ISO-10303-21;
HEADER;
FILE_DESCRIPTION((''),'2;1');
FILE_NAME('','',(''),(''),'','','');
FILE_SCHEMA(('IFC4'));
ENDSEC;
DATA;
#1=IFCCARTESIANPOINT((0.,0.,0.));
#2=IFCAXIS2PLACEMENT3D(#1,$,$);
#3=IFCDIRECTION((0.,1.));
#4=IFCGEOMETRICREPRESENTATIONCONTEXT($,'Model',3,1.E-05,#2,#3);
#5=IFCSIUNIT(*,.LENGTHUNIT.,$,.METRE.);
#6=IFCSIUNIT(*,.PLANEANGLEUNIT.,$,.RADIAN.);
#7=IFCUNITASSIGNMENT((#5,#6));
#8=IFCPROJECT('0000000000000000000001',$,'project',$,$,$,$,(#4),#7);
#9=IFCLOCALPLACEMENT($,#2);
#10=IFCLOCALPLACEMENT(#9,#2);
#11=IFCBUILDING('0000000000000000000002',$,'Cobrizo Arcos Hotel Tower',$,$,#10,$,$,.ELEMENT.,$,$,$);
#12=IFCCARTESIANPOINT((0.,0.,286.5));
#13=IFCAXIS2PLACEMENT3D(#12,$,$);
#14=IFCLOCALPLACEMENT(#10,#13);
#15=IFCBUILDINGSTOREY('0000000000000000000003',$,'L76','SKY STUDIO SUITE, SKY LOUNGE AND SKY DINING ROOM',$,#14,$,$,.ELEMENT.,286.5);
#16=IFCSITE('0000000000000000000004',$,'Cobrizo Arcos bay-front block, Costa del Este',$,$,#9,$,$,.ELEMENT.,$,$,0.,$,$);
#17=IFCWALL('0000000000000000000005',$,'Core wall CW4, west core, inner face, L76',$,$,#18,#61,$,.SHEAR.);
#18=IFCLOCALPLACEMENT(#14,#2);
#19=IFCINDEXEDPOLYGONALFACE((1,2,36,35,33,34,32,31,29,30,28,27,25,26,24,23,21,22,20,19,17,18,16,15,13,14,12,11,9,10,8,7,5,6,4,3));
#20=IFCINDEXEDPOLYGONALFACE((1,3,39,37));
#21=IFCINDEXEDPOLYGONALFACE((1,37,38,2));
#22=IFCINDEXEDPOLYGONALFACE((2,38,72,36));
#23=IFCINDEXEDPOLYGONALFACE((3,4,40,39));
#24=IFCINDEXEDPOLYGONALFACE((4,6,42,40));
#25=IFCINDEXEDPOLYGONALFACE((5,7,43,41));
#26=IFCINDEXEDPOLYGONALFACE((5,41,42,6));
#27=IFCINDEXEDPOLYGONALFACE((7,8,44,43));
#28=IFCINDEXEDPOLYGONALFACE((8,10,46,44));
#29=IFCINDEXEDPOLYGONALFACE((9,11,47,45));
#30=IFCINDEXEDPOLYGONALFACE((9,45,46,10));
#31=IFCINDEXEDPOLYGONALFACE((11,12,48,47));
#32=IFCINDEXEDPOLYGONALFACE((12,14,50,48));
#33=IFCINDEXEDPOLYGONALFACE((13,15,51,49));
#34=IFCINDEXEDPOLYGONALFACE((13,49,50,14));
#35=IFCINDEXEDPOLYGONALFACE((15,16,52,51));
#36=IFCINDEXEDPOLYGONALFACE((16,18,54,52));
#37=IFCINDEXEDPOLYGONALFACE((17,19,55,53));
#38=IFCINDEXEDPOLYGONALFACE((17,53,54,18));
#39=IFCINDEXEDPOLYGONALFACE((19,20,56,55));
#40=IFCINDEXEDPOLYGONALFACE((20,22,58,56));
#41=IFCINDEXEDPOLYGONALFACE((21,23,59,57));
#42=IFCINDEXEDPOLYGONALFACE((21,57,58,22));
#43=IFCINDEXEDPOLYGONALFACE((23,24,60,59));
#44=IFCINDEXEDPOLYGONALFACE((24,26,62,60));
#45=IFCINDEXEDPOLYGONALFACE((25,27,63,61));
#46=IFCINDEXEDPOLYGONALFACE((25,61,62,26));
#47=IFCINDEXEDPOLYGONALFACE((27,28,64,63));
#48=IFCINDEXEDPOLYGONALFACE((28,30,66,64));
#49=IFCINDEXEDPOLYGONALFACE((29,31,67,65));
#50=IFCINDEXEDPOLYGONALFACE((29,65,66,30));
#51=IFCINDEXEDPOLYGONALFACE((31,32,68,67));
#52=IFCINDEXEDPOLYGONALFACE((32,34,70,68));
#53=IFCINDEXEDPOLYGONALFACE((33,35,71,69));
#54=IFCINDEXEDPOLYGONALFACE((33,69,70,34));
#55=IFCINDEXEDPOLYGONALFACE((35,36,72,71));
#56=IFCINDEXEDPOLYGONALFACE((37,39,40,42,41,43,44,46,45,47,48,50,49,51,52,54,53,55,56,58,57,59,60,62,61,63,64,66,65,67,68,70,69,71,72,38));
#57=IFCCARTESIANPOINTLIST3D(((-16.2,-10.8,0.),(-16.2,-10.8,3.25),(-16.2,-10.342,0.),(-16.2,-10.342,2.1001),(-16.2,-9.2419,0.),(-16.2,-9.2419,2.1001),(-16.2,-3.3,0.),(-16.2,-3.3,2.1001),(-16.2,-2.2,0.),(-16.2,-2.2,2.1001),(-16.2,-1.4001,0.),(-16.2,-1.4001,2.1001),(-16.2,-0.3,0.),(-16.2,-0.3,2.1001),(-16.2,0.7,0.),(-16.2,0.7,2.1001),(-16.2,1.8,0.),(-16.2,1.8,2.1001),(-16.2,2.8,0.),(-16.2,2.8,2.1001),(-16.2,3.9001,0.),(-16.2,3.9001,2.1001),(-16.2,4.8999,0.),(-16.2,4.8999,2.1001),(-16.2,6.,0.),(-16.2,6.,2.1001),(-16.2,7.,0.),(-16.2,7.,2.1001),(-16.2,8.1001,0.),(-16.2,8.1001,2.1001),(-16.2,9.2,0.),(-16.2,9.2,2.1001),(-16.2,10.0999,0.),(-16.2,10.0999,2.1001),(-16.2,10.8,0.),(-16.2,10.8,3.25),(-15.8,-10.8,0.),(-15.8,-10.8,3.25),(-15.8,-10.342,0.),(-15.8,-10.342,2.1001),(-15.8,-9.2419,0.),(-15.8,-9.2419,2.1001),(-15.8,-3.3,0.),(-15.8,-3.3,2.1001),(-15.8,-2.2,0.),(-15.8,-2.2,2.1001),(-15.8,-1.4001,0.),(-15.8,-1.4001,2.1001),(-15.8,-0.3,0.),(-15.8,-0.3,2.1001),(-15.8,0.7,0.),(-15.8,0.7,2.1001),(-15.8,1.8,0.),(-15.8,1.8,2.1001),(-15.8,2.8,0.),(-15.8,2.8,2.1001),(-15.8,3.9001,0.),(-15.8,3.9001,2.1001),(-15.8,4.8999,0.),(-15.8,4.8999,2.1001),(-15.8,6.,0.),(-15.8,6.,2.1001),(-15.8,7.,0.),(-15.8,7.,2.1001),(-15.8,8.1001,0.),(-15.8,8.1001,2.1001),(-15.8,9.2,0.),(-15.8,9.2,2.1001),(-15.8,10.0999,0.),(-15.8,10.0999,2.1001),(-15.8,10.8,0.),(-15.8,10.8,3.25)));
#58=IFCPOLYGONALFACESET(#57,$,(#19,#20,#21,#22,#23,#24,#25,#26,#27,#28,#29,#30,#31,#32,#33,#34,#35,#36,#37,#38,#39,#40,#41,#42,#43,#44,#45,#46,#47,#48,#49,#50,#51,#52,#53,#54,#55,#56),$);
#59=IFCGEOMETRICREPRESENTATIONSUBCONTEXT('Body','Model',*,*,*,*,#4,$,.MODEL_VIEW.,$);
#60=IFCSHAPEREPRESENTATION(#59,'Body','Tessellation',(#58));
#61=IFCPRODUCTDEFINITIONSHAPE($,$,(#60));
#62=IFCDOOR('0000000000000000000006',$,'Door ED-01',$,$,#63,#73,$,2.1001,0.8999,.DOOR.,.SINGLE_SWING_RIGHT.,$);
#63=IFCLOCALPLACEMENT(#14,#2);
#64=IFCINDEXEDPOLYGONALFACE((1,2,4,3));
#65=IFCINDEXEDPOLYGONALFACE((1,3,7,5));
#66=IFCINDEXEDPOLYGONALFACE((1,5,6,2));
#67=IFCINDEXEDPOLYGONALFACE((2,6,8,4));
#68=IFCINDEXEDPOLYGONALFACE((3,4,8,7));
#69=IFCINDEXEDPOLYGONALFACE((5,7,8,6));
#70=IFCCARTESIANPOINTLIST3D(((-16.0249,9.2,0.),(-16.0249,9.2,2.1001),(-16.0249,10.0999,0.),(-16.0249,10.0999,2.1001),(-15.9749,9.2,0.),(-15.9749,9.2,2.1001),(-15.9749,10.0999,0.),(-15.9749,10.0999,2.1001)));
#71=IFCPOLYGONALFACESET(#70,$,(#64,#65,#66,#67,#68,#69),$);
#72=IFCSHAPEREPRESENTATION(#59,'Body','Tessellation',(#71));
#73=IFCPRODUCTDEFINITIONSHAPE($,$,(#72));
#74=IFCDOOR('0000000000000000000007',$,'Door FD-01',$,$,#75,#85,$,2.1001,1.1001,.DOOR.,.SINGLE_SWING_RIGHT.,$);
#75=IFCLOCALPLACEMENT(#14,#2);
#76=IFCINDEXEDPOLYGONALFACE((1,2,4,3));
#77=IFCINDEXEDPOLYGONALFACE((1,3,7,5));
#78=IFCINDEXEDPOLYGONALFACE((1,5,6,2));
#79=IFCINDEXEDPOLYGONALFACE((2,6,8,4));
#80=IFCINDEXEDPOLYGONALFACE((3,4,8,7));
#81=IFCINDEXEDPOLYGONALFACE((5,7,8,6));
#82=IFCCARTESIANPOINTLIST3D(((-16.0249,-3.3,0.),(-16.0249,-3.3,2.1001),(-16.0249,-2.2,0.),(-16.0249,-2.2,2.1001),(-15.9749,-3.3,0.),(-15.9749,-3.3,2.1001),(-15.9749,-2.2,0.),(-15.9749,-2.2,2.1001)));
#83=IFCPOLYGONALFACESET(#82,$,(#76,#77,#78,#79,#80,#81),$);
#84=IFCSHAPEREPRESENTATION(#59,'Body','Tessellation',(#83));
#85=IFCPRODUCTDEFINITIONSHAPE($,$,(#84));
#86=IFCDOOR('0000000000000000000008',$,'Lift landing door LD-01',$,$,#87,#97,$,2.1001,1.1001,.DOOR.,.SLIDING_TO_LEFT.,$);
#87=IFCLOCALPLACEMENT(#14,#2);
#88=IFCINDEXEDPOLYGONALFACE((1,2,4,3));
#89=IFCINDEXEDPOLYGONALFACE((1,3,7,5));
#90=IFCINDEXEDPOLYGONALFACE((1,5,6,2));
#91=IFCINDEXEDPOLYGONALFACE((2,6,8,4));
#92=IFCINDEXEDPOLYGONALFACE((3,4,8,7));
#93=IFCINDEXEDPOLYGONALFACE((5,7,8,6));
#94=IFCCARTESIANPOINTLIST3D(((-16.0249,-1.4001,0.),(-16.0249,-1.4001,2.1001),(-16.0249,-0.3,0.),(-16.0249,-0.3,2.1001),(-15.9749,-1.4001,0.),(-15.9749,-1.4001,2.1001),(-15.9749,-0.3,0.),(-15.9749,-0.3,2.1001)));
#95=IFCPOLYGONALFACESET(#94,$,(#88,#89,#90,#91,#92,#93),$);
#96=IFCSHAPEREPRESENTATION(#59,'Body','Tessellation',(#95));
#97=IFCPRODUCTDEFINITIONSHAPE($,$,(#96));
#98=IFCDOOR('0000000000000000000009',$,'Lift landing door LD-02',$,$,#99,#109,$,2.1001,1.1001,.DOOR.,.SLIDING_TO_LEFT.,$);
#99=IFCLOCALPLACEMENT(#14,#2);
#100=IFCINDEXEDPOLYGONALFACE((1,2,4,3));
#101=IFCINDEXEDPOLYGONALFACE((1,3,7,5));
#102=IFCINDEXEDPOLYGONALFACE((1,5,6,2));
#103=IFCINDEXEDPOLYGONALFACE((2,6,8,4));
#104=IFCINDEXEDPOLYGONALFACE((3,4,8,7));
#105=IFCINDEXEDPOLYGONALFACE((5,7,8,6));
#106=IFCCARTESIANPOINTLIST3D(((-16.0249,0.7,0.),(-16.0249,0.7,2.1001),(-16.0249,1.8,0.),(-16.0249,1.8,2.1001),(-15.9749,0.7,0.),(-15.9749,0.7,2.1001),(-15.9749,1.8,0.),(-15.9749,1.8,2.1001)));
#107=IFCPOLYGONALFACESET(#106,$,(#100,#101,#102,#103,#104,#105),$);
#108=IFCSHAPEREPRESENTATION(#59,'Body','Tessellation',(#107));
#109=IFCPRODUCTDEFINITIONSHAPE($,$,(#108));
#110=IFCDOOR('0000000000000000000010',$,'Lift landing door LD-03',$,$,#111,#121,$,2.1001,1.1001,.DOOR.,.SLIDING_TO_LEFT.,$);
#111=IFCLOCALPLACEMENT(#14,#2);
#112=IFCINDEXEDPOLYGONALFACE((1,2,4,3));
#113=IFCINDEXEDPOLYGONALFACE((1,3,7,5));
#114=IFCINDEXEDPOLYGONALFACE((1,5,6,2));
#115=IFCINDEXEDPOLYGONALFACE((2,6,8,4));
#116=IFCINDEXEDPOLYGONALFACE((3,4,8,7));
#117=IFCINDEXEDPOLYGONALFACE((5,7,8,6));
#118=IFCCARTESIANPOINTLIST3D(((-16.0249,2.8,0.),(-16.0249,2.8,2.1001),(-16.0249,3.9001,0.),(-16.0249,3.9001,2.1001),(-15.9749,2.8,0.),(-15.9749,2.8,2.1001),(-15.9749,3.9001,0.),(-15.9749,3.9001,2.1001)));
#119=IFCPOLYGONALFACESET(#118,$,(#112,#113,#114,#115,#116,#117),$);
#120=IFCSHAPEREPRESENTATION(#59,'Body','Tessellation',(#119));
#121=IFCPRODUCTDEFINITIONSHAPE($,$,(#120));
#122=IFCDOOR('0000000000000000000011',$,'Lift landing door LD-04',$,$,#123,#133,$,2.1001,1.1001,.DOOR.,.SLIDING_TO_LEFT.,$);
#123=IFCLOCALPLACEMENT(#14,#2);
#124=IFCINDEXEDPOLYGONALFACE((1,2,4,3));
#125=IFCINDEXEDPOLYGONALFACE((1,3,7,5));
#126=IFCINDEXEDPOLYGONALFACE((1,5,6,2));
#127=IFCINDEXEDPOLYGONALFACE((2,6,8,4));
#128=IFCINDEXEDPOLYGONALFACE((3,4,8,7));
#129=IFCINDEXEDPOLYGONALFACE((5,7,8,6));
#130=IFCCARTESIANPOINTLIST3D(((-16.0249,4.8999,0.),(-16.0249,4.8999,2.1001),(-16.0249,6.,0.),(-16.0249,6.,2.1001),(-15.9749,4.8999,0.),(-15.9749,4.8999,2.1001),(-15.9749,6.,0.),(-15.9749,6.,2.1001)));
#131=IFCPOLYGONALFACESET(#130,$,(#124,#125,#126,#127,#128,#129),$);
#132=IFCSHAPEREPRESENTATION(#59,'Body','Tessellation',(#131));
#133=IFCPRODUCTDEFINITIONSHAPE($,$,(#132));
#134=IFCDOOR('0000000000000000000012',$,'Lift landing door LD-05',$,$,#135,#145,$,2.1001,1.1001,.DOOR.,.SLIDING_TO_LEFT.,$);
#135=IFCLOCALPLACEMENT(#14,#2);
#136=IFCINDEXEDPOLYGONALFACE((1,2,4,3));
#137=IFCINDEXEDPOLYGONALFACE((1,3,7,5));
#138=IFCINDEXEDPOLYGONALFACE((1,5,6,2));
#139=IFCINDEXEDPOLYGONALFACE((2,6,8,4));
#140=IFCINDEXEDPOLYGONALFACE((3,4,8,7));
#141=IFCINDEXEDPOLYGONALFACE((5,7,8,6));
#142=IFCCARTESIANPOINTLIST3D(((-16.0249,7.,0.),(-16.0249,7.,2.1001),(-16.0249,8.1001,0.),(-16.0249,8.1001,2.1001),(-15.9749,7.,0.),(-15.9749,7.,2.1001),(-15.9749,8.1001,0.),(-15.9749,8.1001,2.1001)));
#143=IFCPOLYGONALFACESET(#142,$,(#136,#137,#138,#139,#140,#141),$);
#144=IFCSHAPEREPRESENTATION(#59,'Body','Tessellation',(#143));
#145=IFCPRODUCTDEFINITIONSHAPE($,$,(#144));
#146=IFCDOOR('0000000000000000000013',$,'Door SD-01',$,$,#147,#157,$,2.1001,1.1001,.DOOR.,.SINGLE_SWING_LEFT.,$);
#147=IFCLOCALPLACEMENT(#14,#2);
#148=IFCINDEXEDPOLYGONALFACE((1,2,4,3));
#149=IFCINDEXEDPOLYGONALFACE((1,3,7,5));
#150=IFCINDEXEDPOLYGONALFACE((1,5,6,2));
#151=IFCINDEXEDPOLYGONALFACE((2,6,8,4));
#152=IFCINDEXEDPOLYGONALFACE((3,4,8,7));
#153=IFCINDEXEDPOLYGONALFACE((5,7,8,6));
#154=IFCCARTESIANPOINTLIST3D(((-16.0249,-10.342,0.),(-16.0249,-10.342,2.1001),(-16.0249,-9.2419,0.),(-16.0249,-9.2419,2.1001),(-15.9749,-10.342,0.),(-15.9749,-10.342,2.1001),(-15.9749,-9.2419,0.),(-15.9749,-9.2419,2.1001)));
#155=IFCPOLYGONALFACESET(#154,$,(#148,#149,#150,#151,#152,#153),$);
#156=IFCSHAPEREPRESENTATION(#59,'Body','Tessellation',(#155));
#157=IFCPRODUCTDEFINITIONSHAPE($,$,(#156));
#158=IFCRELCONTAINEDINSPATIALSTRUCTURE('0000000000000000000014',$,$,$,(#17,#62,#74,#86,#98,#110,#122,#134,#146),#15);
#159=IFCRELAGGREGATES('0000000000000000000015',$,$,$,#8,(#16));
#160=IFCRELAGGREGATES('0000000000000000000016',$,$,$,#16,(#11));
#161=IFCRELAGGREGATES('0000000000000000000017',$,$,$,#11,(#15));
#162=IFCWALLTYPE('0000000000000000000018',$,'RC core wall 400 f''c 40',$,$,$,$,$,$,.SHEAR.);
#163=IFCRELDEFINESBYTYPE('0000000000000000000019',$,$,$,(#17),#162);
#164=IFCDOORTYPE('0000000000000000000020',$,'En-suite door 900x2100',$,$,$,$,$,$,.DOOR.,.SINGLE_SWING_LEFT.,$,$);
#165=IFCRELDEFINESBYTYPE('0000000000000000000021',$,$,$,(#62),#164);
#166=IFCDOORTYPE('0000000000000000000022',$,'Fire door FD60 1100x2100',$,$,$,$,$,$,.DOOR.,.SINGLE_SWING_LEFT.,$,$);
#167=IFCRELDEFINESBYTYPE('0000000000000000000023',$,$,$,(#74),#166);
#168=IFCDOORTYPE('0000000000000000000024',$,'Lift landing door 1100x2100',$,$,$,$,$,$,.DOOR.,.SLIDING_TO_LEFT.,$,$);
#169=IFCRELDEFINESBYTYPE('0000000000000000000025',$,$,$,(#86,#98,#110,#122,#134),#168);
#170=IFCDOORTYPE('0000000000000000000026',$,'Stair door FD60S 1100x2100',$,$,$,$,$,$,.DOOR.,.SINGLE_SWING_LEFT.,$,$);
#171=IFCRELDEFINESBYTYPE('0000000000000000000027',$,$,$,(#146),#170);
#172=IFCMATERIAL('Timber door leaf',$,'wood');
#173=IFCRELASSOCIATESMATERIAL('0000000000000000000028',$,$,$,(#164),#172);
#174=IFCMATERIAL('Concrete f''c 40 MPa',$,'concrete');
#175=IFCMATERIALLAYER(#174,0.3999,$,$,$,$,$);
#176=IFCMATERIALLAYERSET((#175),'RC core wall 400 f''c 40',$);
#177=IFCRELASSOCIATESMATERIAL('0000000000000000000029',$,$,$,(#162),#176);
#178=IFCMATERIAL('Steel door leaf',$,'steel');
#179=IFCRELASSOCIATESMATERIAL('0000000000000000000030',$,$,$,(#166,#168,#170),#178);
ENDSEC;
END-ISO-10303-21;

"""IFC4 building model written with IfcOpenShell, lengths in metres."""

from ifc_helpers import new_model, si_unit, direction, frame, frame_2d, origin, place, context, subcontext, project, spatial, rectangle, extrude, material, layer, layer_set, type_object, element, fill, save


model = new_model("IFC4")

# Units and contexts
model_context = context("Model", 3, precision=1e-05, world=origin(), true_north=direction((0.0, 1.0)))
body_context = subcontext(model_context, "Body", "Model", "MODEL_VIEW")
ifc_project = project(units=[si_unit("LENGTHUNIT", "METRE"), si_unit("PLANEANGLEUNIT", "RADIAN")], contexts=[model_context])

# Site, building, storey
site_placement = place(None, origin())
site = spatial("IfcSite", under=ifc_project, at=site_placement, Name="Cobrizo Arcos bay-front block, Costa del Este", CompositionType="ELEMENT", RefElevation=0.0)
building_placement = place(site_placement, origin())
building = spatial("IfcBuilding", under=site, at=building_placement, Name="Cobrizo Arcos Hotel Tower", CompositionType="ELEMENT")
storey_placement = place(building_placement, frame((0.0, 0.0, 286.5)))
storey = spatial("IfcBuildingStorey", under=building, at=storey_placement, Name="L76", Description="SKY STUDIO SUITE, SKY LOUNGE AND SKY DINING ROOM", CompositionType="ELEMENT", Elevation=286.5)

# Shared definitions
ifc_material_1 = material(Name="Timber door leaf", Category="wood")
door_type_1 = type_object("IfcDoorType", Name="En-suite door 900x2100", OperationType="SINGLE_SWING_LEFT", PredefinedType="DOOR", material=ifc_material_1)

# Wall, openings, doors
ifc_material_2 = material(Name="Concrete f'c 40 MPa", Category="concrete")
ifc_layer_1 = layer(ifc_material_2, 0.3999)
ifc_layer_set_1 = layer_set([ifc_layer_1], Name="RC core wall 400 f'c 40")
wall_type_1 = type_object("IfcWallType", Name="RC core wall 400 f'c 40", PredefinedType="SHEAR", material=ifc_layer_set_1)
wall_1_placement = place(storey_placement, frame((-16.0, -10.8, 0.0), z_axis=(0.0, 0.0, 1.0), x_axis=(0.0, 1.0, 0.0)))
wall_1 = element("IfcWall", 1, at=wall_1_placement, inside=storey, type_object=wall_type_1, Name="Core wall CW4, west core, inner face, L76", PredefinedType="SHEAR", context=body_context, shape_type="SweptSolid", body=[
    extrude(rectangle(XDim=21.6001, YDim=0.3999, at=frame_2d((10.8, 0.0))), origin(), (0.0, 0.0, 1.0), 3.25),
])
opening_1_placement = place(wall_1_placement, frame((9.3999, 0.0, 0.0)))
opening_1 = element("IfcOpeningElement", 2, at=opening_1_placement, cuts=wall_1, PredefinedType="OPENING", context=body_context, shape_type="SweptSolid", body=[
    extrude(rectangle(XDim=1.1001, YDim=2.1001, at=frame_2d((0.55, 1.05))), frame((0.0, 0.2119, 0.0), z_axis=(0.0, -1.0, 0.0), x_axis=(1.0, 0.0, 0.0)), (0.0, 0.0, 1.0), 0.4238),
])
opening_2_placement = place(wall_1_placement, frame((11.5, 0.0, 0.0)))
opening_2 = element("IfcOpeningElement", 3, at=opening_2_placement, cuts=wall_1, PredefinedType="OPENING", context=body_context, shape_type="SweptSolid", body=[
    extrude(rectangle(XDim=1.1001, YDim=2.1001, at=frame_2d((0.55, 1.05))), frame((0.0, 0.2119, 0.0), z_axis=(0.0, -1.0, 0.0), x_axis=(1.0, 0.0, 0.0)), (0.0, 0.0, 1.0), 0.4238),
])
opening_3_placement = place(wall_1_placement, frame((13.6001, 0.0, 0.0)))
opening_3 = element("IfcOpeningElement", 4, at=opening_3_placement, cuts=wall_1, PredefinedType="OPENING", context=body_context, shape_type="SweptSolid", body=[
    extrude(rectangle(XDim=1.1001, YDim=2.1001, at=frame_2d((0.55, 1.05))), frame((0.0, 0.2119, 0.0), z_axis=(0.0, -1.0, 0.0), x_axis=(1.0, 0.0, 0.0)), (0.0, 0.0, 1.0), 0.4238),
])
opening_4_placement = place(wall_1_placement, frame((15.7, 0.0, 0.0)))
opening_4 = element("IfcOpeningElement", 5, at=opening_4_placement, cuts=wall_1, PredefinedType="OPENING", context=body_context, shape_type="SweptSolid", body=[
    extrude(rectangle(XDim=1.1001, YDim=2.1001, at=frame_2d((0.55, 1.05))), frame((0.0, 0.2119, 0.0), z_axis=(0.0, -1.0, 0.0), x_axis=(1.0, 0.0, 0.0)), (0.0, 0.0, 1.0), 0.4238),
])
opening_5_placement = place(wall_1_placement, frame((17.8, 0.0, 0.0)))
opening_5 = element("IfcOpeningElement", 6, at=opening_5_placement, cuts=wall_1, PredefinedType="OPENING", context=body_context, shape_type="SweptSolid", body=[
    extrude(rectangle(XDim=1.1001, YDim=2.1001, at=frame_2d((0.55, 1.05))), frame((0.0, 0.2119, 0.0), z_axis=(0.0, -1.0, 0.0), x_axis=(1.0, 0.0, 0.0)), (0.0, 0.0, 1.0), 0.4238),
])
opening_6_placement = place(wall_1_placement, frame((0.458, 0.0, 0.0)))
opening_6 = element("IfcOpeningElement", 7, at=opening_6_placement, cuts=wall_1, PredefinedType="OPENING", context=body_context, shape_type="SweptSolid", body=[
    extrude(rectangle(XDim=1.1001, YDim=2.1001, at=frame_2d((0.55, 1.05))), frame((0.0, 0.2119, 0.0), z_axis=(0.0, -1.0, 0.0), x_axis=(1.0, 0.0, 0.0)), (0.0, 0.0, 1.0), 0.4238),
])
opening_7_placement = place(wall_1_placement, frame((7.5, 0.0, 0.0)))
opening_7 = element("IfcOpeningElement", 8, at=opening_7_placement, cuts=wall_1, PredefinedType="OPENING", context=body_context, shape_type="SweptSolid", body=[
    extrude(rectangle(XDim=1.1001, YDim=2.1001, at=frame_2d((0.55, 1.05))), frame((0.0, 0.2119, 0.0), z_axis=(0.0, -1.0, 0.0), x_axis=(1.0, 0.0, 0.0)), (0.0, 0.0, 1.0), 0.4238),
])
opening_8_placement = place(wall_1_placement, frame((20.0, 0.0, 0.0)))
opening_8 = element("IfcOpeningElement", 9, at=opening_8_placement, cuts=wall_1, PredefinedType="OPENING", context=body_context, shape_type="SweptSolid", body=[
    extrude(rectangle(XDim=0.8999, YDim=2.1001, at=frame_2d((0.45, 1.05))), frame((0.0, 0.2119, 0.0), z_axis=(0.0, -1.0, 0.0), x_axis=(1.0, 0.0, 0.0)), (0.0, 0.0, 1.0), 0.4238),
])
door_1_placement = place(opening_8_placement, origin())
door_1 = element("IfcDoor", 10, at=door_1_placement, inside=storey, type_object=door_type_1, Name="Door ED-01", OperationType="SINGLE_SWING_RIGHT", OverallHeight=2.1001, OverallWidth=0.8999, PredefinedType="DOOR", context=body_context, shape_type="SweptSolid", body=[
    extrude(rectangle(XDim=0.8999, YDim=2.1001, at=frame_2d((0.45, 1.05))), frame((0.0, 0.0249, 0.0), z_axis=(0.0, -1.0, 0.0), x_axis=(1.0, 0.0, 0.0)), (0.0, 0.0, 1.0), 0.05),
])
fill(opening_8, door_1)
ifc_material_3 = material(Name="Steel door leaf", Category="steel")
door_type_2 = type_object("IfcDoorType", Name="Fire door FD60 1100x2100", OperationType="SINGLE_SWING_LEFT", PredefinedType="DOOR", material=ifc_material_3)
door_2_placement = place(opening_7_placement, origin())
door_2 = element("IfcDoor", 11, at=door_2_placement, inside=storey, type_object=door_type_2, Name="Door FD-01", OperationType="SINGLE_SWING_RIGHT", OverallHeight=2.1001, OverallWidth=1.1001, PredefinedType="DOOR", context=body_context, shape_type="SweptSolid", body=[
    extrude(rectangle(XDim=1.1001, YDim=2.1001, at=frame_2d((0.55, 1.05))), frame((0.0, 0.0249, 0.0), z_axis=(0.0, -1.0, 0.0), x_axis=(1.0, 0.0, 0.0)), (0.0, 0.0, 1.0), 0.05),
])
fill(opening_7, door_2)
door_type_3 = type_object("IfcDoorType", Name="Lift landing door 1100x2100", OperationType="SLIDING_TO_LEFT", PredefinedType="DOOR", material=ifc_material_3)
door_3_placement = place(opening_1_placement, origin())
door_3 = element("IfcDoor", 12, at=door_3_placement, inside=storey, type_object=door_type_3, Name="Lift landing door LD-01", OperationType="SLIDING_TO_LEFT", OverallHeight=2.1001, OverallWidth=1.1001, PredefinedType="DOOR", context=body_context, shape_type="SweptSolid", body=[
    extrude(rectangle(XDim=1.1001, YDim=2.1001, at=frame_2d((0.55, 1.05))), frame((0.0, 0.0249, 0.0), z_axis=(0.0, -1.0, 0.0), x_axis=(1.0, 0.0, 0.0)), (0.0, 0.0, 1.0), 0.05),
])
fill(opening_1, door_3)
door_4_placement = place(opening_2_placement, origin())
door_4 = element("IfcDoor", 13, at=door_4_placement, inside=storey, type_object=door_type_3, Name="Lift landing door LD-02", OperationType="SLIDING_TO_LEFT", OverallHeight=2.1001, OverallWidth=1.1001, PredefinedType="DOOR", context=body_context, shape_type="SweptSolid", body=[
    extrude(rectangle(XDim=1.1001, YDim=2.1001, at=frame_2d((0.55, 1.05))), frame((0.0, 0.0249, 0.0), z_axis=(0.0, -1.0, 0.0), x_axis=(1.0, 0.0, 0.0)), (0.0, 0.0, 1.0), 0.05),
])
fill(opening_2, door_4)
door_5_placement = place(opening_3_placement, origin())
door_5 = element("IfcDoor", 14, at=door_5_placement, inside=storey, type_object=door_type_3, Name="Lift landing door LD-03", OperationType="SLIDING_TO_LEFT", OverallHeight=2.1001, OverallWidth=1.1001, PredefinedType="DOOR", context=body_context, shape_type="SweptSolid", body=[
    extrude(rectangle(XDim=1.1001, YDim=2.1001, at=frame_2d((0.55, 1.05))), frame((0.0, 0.0249, 0.0), z_axis=(0.0, -1.0, 0.0), x_axis=(1.0, 0.0, 0.0)), (0.0, 0.0, 1.0), 0.05),
])
fill(opening_3, door_5)
door_6_placement = place(opening_4_placement, origin())
door_6 = element("IfcDoor", 15, at=door_6_placement, inside=storey, type_object=door_type_3, Name="Lift landing door LD-04", OperationType="SLIDING_TO_LEFT", OverallHeight=2.1001, OverallWidth=1.1001, PredefinedType="DOOR", context=body_context, shape_type="SweptSolid", body=[
    extrude(rectangle(XDim=1.1001, YDim=2.1001, at=frame_2d((0.55, 1.05))), frame((0.0, 0.0249, 0.0), z_axis=(0.0, -1.0, 0.0), x_axis=(1.0, 0.0, 0.0)), (0.0, 0.0, 1.0), 0.05),
])
fill(opening_4, door_6)
door_7_placement = place(opening_5_placement, origin())
door_7 = element("IfcDoor", 16, at=door_7_placement, inside=storey, type_object=door_type_3, Name="Lift landing door LD-05", OperationType="SLIDING_TO_LEFT", OverallHeight=2.1001, OverallWidth=1.1001, PredefinedType="DOOR", context=body_context, shape_type="SweptSolid", body=[
    extrude(rectangle(XDim=1.1001, YDim=2.1001, at=frame_2d((0.55, 1.05))), frame((0.0, 0.0249, 0.0), z_axis=(0.0, -1.0, 0.0), x_axis=(1.0, 0.0, 0.0)), (0.0, 0.0, 1.0), 0.05),
])
fill(opening_5, door_7)
door_type_4 = type_object("IfcDoorType", Name="Stair door FD60S 1100x2100", OperationType="SINGLE_SWING_LEFT", PredefinedType="DOOR", material=ifc_material_3)
door_8_placement = place(opening_6_placement, origin())
door_8 = element("IfcDoor", 17, at=door_8_placement, inside=storey, type_object=door_type_4, Name="Door SD-01", OperationType="SINGLE_SWING_LEFT", OverallHeight=2.1001, OverallWidth=1.1001, PredefinedType="DOOR", context=body_context, shape_type="SweptSolid", body=[
    extrude(rectangle(XDim=1.1001, YDim=2.1001, at=frame_2d((0.55, 1.05))), frame((0.0, 0.0249, 0.0), z_axis=(0.0, -1.0, 0.0), x_axis=(1.0, 0.0, 0.0)), (0.0, 0.0, 1.0), 0.05),
])
fill(opening_6, door_8)

save(model, "model.ifc")
